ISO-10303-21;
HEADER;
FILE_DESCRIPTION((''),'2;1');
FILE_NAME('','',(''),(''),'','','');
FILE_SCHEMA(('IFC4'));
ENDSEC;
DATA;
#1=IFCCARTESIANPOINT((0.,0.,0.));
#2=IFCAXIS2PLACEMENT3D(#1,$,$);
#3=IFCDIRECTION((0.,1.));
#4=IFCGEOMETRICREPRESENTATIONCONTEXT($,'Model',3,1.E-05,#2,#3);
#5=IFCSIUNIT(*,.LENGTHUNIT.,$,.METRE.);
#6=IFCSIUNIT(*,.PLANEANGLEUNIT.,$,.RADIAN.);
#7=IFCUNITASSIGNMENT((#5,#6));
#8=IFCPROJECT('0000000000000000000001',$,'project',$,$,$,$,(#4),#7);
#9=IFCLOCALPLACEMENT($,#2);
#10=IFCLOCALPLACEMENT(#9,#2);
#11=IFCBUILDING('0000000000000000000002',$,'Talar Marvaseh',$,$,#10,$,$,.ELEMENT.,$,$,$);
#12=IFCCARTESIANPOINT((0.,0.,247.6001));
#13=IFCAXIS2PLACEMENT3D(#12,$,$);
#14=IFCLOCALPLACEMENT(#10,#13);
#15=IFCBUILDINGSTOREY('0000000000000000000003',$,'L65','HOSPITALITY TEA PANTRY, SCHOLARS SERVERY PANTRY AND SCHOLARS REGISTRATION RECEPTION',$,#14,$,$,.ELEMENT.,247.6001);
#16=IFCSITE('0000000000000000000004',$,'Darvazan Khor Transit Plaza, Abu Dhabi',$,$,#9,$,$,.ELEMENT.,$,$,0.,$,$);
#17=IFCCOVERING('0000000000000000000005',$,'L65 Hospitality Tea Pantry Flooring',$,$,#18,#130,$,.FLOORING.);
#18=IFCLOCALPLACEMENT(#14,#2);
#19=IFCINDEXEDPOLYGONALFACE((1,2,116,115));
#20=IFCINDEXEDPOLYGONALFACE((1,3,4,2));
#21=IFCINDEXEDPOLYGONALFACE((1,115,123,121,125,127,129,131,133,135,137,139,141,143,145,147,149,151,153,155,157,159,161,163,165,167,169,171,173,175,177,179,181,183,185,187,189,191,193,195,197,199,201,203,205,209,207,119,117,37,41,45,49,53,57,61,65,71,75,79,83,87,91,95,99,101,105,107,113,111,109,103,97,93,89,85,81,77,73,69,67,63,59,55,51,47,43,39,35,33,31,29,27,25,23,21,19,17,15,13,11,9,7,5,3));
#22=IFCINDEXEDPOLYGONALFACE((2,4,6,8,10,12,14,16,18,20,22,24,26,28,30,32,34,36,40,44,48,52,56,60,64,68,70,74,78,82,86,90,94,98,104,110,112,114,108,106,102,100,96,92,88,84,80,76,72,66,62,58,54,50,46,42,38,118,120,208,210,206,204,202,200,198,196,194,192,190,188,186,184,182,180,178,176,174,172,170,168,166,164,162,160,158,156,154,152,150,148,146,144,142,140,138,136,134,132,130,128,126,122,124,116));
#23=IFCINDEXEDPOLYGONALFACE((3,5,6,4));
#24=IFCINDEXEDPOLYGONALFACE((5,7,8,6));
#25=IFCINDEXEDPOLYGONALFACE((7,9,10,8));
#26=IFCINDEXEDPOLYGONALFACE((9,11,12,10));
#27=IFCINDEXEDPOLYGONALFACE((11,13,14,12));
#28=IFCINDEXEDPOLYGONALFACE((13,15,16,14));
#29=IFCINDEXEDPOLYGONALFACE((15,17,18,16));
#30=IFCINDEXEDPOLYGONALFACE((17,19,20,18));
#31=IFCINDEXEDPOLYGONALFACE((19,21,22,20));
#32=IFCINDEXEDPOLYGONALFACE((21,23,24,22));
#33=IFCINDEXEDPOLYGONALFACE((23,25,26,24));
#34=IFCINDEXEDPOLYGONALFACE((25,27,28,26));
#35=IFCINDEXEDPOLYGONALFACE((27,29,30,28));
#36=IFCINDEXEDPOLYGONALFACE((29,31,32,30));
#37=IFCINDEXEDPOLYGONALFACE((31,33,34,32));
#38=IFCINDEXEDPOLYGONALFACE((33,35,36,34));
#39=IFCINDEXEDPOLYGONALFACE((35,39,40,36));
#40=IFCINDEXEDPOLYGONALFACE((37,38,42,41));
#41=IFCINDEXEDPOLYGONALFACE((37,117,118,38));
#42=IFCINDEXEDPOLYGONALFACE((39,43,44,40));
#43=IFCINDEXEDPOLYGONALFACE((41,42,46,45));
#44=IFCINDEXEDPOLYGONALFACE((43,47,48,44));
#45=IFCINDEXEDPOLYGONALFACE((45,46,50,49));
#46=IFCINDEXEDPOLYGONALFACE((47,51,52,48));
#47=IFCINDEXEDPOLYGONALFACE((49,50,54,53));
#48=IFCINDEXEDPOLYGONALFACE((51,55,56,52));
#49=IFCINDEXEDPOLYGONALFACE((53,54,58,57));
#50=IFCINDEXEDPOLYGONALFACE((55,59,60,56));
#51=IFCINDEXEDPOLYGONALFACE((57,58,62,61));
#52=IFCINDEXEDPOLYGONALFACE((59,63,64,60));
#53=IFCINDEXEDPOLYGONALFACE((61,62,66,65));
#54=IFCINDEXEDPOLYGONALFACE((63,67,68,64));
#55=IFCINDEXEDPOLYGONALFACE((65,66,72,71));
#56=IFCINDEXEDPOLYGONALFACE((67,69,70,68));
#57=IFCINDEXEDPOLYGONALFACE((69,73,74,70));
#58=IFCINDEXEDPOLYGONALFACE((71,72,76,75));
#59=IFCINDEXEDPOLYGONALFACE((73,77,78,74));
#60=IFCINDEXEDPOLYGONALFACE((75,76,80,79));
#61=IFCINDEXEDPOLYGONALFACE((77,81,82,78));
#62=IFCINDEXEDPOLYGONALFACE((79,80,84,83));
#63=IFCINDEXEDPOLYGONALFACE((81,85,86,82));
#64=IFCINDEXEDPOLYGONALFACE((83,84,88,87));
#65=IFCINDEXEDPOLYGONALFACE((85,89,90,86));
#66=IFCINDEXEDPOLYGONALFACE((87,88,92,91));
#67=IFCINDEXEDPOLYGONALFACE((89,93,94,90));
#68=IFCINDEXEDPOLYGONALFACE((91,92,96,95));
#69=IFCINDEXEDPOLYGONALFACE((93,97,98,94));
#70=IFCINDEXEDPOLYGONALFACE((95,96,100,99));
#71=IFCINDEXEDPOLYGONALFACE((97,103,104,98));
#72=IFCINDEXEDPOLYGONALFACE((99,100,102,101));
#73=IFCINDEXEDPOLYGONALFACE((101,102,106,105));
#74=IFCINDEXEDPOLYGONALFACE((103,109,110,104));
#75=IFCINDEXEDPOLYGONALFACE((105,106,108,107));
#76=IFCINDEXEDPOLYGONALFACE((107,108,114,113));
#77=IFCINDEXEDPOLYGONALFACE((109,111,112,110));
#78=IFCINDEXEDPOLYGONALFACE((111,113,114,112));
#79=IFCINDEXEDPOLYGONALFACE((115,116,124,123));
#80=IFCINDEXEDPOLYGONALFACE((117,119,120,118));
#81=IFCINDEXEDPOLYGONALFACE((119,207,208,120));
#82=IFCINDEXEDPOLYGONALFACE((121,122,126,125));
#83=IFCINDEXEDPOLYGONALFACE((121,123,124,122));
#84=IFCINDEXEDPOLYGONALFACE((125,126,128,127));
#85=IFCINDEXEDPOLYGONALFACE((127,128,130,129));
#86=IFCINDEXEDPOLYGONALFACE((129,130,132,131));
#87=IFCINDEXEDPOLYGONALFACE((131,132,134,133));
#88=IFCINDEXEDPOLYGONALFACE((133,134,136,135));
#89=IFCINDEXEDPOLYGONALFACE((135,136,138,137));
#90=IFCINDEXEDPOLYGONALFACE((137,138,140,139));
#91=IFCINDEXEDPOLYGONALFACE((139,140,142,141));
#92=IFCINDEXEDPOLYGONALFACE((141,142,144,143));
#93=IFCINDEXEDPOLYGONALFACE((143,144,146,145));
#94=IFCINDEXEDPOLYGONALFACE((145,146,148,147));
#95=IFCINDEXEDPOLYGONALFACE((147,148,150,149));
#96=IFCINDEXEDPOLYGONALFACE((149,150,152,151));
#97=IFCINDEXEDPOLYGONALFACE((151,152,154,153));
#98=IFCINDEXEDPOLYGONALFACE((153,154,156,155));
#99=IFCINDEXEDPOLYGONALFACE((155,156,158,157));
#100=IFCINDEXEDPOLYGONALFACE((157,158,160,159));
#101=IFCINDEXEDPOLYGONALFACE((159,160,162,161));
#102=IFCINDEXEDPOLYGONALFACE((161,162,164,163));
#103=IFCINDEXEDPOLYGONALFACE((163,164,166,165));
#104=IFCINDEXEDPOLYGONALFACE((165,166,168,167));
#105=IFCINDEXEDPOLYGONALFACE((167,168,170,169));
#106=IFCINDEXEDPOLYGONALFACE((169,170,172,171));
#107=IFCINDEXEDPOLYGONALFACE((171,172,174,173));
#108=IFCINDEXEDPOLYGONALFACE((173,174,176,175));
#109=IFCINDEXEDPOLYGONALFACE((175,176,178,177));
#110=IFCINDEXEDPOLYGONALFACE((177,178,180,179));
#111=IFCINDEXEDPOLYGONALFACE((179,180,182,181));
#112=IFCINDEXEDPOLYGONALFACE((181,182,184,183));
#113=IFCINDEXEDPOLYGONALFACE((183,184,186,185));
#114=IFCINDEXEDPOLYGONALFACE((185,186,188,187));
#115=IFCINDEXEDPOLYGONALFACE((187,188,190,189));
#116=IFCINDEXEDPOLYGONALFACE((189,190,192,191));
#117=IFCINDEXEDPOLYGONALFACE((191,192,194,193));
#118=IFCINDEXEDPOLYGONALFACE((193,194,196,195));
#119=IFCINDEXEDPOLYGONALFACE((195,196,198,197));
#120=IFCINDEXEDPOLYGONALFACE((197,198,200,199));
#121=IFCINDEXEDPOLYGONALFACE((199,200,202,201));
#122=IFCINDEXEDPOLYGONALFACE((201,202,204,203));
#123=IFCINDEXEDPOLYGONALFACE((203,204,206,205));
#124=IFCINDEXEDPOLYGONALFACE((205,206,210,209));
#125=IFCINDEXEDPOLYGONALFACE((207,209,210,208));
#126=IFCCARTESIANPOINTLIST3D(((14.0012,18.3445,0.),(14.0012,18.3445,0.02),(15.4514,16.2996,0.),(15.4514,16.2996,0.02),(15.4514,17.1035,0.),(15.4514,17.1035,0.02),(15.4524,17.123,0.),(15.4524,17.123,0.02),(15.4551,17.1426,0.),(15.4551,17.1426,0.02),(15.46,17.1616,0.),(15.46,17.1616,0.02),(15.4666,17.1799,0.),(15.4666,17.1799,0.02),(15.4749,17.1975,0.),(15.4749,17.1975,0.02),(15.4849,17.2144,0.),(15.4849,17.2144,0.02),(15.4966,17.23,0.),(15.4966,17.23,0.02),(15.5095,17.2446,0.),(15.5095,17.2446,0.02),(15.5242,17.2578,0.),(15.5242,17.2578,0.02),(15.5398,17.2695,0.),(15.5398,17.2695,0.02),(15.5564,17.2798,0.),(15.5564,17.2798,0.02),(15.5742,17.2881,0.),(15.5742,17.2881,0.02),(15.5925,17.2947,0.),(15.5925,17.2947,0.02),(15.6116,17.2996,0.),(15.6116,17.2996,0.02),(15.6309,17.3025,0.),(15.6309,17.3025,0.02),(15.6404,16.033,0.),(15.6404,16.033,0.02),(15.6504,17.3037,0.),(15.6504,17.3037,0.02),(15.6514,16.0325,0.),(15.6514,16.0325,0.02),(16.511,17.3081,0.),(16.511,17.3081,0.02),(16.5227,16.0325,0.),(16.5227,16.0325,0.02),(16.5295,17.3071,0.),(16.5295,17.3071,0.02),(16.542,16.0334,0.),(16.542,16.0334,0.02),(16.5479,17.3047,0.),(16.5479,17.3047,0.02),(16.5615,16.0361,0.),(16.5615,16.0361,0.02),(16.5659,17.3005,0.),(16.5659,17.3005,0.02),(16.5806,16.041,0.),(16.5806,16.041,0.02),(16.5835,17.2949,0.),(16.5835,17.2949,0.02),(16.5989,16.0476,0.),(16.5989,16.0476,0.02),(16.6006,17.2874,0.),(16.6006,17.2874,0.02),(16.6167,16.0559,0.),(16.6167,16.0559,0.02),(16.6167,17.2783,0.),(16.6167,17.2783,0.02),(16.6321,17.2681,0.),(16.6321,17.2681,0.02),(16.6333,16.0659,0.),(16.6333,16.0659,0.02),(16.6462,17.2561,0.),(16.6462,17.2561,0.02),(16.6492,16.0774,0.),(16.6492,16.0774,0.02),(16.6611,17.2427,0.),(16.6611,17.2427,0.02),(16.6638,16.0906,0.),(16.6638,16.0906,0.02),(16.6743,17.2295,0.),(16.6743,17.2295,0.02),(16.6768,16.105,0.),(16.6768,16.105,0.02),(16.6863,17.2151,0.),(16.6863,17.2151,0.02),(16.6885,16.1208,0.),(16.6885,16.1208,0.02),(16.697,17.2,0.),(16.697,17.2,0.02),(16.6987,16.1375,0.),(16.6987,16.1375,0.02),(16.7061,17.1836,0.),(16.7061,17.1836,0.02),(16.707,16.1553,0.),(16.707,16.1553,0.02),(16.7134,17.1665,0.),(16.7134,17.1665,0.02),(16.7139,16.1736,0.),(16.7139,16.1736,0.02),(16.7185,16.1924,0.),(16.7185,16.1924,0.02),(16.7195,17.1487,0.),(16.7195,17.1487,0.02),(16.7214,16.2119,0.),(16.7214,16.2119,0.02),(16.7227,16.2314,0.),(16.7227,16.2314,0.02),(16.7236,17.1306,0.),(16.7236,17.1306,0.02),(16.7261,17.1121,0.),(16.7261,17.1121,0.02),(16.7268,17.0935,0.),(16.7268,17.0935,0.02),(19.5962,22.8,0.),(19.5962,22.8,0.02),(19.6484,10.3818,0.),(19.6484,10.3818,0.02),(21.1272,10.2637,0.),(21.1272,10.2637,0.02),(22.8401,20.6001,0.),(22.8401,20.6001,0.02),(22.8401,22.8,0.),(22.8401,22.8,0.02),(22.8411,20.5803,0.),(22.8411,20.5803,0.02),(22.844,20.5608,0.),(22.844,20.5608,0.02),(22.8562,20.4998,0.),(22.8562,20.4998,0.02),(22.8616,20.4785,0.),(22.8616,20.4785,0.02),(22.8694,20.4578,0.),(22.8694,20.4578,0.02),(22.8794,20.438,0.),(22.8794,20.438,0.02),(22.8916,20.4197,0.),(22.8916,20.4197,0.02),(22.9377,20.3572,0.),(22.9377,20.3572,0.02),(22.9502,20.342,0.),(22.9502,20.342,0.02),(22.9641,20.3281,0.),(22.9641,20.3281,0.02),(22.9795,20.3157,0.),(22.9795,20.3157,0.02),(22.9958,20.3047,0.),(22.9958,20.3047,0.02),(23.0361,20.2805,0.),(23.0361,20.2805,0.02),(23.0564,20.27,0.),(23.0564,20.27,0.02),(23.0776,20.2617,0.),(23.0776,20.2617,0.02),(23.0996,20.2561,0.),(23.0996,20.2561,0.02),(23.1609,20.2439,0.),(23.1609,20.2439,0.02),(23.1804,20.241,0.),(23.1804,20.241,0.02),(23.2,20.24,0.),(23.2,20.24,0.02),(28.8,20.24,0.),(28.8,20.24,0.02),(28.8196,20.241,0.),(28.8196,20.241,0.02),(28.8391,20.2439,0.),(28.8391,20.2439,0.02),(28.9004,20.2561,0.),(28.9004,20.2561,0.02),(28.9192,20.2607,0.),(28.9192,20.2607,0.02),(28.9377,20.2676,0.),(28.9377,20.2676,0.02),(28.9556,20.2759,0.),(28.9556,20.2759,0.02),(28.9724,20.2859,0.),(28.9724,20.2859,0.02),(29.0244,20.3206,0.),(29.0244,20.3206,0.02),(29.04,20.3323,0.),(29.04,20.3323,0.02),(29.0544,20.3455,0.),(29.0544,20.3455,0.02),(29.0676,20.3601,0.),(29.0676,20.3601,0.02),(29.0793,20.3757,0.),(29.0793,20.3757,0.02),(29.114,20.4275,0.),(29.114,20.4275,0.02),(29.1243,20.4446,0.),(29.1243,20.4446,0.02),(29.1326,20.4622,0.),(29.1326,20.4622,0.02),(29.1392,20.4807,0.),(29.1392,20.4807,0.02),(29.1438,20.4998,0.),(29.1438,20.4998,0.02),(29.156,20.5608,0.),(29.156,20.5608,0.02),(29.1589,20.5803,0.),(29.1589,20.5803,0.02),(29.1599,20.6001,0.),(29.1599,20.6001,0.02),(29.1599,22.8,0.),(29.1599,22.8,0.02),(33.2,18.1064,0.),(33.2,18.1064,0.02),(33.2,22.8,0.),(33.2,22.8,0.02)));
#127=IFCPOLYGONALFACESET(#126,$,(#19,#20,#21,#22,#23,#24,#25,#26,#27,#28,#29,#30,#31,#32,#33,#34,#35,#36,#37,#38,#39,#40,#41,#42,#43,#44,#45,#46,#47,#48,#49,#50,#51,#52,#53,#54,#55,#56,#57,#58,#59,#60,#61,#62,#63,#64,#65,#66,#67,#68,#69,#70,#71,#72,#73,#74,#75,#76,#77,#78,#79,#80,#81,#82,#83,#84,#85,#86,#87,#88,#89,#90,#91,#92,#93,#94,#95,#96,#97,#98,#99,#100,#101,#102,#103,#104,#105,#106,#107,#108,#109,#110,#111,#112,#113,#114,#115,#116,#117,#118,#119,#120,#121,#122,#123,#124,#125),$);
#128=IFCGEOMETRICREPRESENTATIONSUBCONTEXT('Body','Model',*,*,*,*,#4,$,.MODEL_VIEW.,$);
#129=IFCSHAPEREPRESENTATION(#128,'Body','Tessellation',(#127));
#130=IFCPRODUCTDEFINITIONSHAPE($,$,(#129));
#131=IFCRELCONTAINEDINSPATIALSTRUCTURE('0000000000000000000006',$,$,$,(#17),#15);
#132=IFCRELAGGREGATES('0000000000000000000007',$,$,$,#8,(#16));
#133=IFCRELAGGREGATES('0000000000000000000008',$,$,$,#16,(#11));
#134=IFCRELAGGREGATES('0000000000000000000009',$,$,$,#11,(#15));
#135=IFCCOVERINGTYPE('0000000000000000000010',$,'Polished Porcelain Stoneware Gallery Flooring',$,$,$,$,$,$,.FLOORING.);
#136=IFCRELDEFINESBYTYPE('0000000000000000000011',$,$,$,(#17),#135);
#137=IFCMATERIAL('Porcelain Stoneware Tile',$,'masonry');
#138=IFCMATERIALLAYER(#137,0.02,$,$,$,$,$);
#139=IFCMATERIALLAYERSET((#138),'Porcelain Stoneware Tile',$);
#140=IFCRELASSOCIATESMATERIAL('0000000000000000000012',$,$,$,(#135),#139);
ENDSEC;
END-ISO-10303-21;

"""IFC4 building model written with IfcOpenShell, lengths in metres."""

from ifc_helpers import new_model, si_unit, direction, frame, origin, place, context, subcontext, project, spatial, polyline, outline, extrude, material, layer, layer_set, type_object, element, save


model = new_model("IFC4")

# Units and contexts
model_context = context("Model", 3, precision=1e-05, world=origin(), true_north=direction((0.0, 1.0)))
body_context = subcontext(model_context, "Body", "Model", "MODEL_VIEW")
ifc_project = project(units=[si_unit("LENGTHUNIT", "METRE"), si_unit("PLANEANGLEUNIT", "RADIAN")], contexts=[model_context])

# Site, building, storey
site_placement = place(None, origin())
site = spatial("IfcSite", under=ifc_project, at=site_placement, Name="Darvazan Khor Transit Plaza, Abu Dhabi", CompositionType="ELEMENT", RefElevation=0.0)
building_placement = place(site_placement, origin())
building = spatial("IfcBuilding", under=site, at=building_placement, Name="Talar Marvaseh", CompositionType="ELEMENT")
storey_placement = place(building_placement, frame((0.0, 0.0, 247.6001)))
storey = spatial("IfcBuildingStorey", under=building, at=storey_placement, Name="L65", Description="HOSPITALITY TEA PANTRY, SCHOLARS SERVERY PANTRY AND SCHOLARS REGISTRATION RECEPTION", CompositionType="ELEMENT", Elevation=247.6001)

# Covering
ifc_material_1 = material(Name="Porcelain Stoneware Tile", Category="masonry")
ifc_layer_1 = layer(ifc_material_1, 0.02)
ifc_layer_set_1 = layer_set([ifc_layer_1], Name="Porcelain Stoneware Tile")
covering_type_1 = type_object("IfcCoveringType", Name="Polished Porcelain Stoneware Gallery Flooring", PredefinedType="FLOORING", material=ifc_layer_set_1)
covering_1_placement = place(storey_placement, origin())
element("IfcCovering", 1, at=covering_1_placement, inside=storey, type_object=covering_type_1, Name="L65 Hospitality Tea Pantry Flooring", PredefinedType="FLOORING", context=body_context, shape_type="SweptSolid", body=[
    extrude(outline(polyline([(22.8401, 22.8), (22.8401, 20.6001), (22.8411, 20.5803), (22.844, 20.5608), (22.8562, 20.4998), (22.8616, 20.4785), (22.8694, 20.4578), (22.8794, 20.438), (22.8916, 20.4197), (22.9377, 20.3572), (22.9502, 20.342), (22.9641, 20.3281), (22.9795, 20.3157), (22.9958, 20.3047), (23.0361, 20.2805), (23.0564, 20.27), (23.0776, 20.2617), (23.0996, 20.2561), (23.1609, 20.2439), (23.1804, 20.241), (23.2, 20.24), (28.8, 20.24), (28.8196, 20.241), (28.8391, 20.2439), (28.9004, 20.2561), (28.9192, 20.2607), (28.9377, 20.2676), (28.9556, 20.2759), (28.9724, 20.2859), (29.0244, 20.3206), (29.04, 20.3323), (29.0544, 20.3455), (29.0676, 20.3601), (29.0793, 20.3757), (29.114, 20.4275), (29.1243, 20.4446), (29.1326, 20.4622), (29.1392, 20.4807), (29.1438, 20.4998), (29.156, 20.5608), (29.1589, 20.5803), (29.1599, 20.6001), (29.1599, 22.8), (33.2, 22.8), (33.2, 18.1064), (21.1272, 10.2637), (19.6484, 10.3818), (15.6404, 16.033), (15.6514, 16.0325), (16.5227, 16.0325), (16.542, 16.0334), (16.5615, 16.0361), (16.5806, 16.041), (16.5989, 16.0476), (16.6167, 16.0559), (16.6333, 16.0659), (16.6492, 16.0774), (16.6638, 16.0906), (16.6768, 16.105), (16.6885, 16.1208), (16.6987, 16.1375), (16.707, 16.1553), (16.7139, 16.1736), (16.7185, 16.1924), (16.7214, 16.2119), (16.7227, 16.2314), (16.7268, 17.0935), (16.7261, 17.1121), (16.7236, 17.1306), (16.7195, 17.1487), (16.7134, 17.1665), (16.7061, 17.1836), (16.697, 17.2), (16.6863, 17.2151), (16.6743, 17.2295), (16.6611, 17.2427), (16.6462, 17.2561), (16.6321, 17.2681), (16.6167, 17.2783), (16.6006, 17.2874), (16.5835, 17.2949), (16.5659, 17.3005), (16.5479, 17.3047), (16.5295, 17.3071), (16.511, 17.3081), (15.6504, 17.3037), (15.6309, 17.3025), (15.6116, 17.2996), (15.5925, 17.2947), (15.5742, 17.2881), (15.5564, 17.2798), (15.5398, 17.2695), (15.5242, 17.2578), (15.5095, 17.2446), (15.4966, 17.23), (15.4849, 17.2144), (15.4749, 17.1975), (15.4666, 17.1799), (15.46, 17.1616), (15.4551, 17.1426), (15.4524, 17.123), (15.4514, 17.1035), (15.4514, 16.2996), (14.0012, 18.3445), (19.5962, 22.8), (22.8401, 22.8)])), origin(), (0.0, 0.0, 1.0), 0.02),
])

save(model, "model.ifc")
